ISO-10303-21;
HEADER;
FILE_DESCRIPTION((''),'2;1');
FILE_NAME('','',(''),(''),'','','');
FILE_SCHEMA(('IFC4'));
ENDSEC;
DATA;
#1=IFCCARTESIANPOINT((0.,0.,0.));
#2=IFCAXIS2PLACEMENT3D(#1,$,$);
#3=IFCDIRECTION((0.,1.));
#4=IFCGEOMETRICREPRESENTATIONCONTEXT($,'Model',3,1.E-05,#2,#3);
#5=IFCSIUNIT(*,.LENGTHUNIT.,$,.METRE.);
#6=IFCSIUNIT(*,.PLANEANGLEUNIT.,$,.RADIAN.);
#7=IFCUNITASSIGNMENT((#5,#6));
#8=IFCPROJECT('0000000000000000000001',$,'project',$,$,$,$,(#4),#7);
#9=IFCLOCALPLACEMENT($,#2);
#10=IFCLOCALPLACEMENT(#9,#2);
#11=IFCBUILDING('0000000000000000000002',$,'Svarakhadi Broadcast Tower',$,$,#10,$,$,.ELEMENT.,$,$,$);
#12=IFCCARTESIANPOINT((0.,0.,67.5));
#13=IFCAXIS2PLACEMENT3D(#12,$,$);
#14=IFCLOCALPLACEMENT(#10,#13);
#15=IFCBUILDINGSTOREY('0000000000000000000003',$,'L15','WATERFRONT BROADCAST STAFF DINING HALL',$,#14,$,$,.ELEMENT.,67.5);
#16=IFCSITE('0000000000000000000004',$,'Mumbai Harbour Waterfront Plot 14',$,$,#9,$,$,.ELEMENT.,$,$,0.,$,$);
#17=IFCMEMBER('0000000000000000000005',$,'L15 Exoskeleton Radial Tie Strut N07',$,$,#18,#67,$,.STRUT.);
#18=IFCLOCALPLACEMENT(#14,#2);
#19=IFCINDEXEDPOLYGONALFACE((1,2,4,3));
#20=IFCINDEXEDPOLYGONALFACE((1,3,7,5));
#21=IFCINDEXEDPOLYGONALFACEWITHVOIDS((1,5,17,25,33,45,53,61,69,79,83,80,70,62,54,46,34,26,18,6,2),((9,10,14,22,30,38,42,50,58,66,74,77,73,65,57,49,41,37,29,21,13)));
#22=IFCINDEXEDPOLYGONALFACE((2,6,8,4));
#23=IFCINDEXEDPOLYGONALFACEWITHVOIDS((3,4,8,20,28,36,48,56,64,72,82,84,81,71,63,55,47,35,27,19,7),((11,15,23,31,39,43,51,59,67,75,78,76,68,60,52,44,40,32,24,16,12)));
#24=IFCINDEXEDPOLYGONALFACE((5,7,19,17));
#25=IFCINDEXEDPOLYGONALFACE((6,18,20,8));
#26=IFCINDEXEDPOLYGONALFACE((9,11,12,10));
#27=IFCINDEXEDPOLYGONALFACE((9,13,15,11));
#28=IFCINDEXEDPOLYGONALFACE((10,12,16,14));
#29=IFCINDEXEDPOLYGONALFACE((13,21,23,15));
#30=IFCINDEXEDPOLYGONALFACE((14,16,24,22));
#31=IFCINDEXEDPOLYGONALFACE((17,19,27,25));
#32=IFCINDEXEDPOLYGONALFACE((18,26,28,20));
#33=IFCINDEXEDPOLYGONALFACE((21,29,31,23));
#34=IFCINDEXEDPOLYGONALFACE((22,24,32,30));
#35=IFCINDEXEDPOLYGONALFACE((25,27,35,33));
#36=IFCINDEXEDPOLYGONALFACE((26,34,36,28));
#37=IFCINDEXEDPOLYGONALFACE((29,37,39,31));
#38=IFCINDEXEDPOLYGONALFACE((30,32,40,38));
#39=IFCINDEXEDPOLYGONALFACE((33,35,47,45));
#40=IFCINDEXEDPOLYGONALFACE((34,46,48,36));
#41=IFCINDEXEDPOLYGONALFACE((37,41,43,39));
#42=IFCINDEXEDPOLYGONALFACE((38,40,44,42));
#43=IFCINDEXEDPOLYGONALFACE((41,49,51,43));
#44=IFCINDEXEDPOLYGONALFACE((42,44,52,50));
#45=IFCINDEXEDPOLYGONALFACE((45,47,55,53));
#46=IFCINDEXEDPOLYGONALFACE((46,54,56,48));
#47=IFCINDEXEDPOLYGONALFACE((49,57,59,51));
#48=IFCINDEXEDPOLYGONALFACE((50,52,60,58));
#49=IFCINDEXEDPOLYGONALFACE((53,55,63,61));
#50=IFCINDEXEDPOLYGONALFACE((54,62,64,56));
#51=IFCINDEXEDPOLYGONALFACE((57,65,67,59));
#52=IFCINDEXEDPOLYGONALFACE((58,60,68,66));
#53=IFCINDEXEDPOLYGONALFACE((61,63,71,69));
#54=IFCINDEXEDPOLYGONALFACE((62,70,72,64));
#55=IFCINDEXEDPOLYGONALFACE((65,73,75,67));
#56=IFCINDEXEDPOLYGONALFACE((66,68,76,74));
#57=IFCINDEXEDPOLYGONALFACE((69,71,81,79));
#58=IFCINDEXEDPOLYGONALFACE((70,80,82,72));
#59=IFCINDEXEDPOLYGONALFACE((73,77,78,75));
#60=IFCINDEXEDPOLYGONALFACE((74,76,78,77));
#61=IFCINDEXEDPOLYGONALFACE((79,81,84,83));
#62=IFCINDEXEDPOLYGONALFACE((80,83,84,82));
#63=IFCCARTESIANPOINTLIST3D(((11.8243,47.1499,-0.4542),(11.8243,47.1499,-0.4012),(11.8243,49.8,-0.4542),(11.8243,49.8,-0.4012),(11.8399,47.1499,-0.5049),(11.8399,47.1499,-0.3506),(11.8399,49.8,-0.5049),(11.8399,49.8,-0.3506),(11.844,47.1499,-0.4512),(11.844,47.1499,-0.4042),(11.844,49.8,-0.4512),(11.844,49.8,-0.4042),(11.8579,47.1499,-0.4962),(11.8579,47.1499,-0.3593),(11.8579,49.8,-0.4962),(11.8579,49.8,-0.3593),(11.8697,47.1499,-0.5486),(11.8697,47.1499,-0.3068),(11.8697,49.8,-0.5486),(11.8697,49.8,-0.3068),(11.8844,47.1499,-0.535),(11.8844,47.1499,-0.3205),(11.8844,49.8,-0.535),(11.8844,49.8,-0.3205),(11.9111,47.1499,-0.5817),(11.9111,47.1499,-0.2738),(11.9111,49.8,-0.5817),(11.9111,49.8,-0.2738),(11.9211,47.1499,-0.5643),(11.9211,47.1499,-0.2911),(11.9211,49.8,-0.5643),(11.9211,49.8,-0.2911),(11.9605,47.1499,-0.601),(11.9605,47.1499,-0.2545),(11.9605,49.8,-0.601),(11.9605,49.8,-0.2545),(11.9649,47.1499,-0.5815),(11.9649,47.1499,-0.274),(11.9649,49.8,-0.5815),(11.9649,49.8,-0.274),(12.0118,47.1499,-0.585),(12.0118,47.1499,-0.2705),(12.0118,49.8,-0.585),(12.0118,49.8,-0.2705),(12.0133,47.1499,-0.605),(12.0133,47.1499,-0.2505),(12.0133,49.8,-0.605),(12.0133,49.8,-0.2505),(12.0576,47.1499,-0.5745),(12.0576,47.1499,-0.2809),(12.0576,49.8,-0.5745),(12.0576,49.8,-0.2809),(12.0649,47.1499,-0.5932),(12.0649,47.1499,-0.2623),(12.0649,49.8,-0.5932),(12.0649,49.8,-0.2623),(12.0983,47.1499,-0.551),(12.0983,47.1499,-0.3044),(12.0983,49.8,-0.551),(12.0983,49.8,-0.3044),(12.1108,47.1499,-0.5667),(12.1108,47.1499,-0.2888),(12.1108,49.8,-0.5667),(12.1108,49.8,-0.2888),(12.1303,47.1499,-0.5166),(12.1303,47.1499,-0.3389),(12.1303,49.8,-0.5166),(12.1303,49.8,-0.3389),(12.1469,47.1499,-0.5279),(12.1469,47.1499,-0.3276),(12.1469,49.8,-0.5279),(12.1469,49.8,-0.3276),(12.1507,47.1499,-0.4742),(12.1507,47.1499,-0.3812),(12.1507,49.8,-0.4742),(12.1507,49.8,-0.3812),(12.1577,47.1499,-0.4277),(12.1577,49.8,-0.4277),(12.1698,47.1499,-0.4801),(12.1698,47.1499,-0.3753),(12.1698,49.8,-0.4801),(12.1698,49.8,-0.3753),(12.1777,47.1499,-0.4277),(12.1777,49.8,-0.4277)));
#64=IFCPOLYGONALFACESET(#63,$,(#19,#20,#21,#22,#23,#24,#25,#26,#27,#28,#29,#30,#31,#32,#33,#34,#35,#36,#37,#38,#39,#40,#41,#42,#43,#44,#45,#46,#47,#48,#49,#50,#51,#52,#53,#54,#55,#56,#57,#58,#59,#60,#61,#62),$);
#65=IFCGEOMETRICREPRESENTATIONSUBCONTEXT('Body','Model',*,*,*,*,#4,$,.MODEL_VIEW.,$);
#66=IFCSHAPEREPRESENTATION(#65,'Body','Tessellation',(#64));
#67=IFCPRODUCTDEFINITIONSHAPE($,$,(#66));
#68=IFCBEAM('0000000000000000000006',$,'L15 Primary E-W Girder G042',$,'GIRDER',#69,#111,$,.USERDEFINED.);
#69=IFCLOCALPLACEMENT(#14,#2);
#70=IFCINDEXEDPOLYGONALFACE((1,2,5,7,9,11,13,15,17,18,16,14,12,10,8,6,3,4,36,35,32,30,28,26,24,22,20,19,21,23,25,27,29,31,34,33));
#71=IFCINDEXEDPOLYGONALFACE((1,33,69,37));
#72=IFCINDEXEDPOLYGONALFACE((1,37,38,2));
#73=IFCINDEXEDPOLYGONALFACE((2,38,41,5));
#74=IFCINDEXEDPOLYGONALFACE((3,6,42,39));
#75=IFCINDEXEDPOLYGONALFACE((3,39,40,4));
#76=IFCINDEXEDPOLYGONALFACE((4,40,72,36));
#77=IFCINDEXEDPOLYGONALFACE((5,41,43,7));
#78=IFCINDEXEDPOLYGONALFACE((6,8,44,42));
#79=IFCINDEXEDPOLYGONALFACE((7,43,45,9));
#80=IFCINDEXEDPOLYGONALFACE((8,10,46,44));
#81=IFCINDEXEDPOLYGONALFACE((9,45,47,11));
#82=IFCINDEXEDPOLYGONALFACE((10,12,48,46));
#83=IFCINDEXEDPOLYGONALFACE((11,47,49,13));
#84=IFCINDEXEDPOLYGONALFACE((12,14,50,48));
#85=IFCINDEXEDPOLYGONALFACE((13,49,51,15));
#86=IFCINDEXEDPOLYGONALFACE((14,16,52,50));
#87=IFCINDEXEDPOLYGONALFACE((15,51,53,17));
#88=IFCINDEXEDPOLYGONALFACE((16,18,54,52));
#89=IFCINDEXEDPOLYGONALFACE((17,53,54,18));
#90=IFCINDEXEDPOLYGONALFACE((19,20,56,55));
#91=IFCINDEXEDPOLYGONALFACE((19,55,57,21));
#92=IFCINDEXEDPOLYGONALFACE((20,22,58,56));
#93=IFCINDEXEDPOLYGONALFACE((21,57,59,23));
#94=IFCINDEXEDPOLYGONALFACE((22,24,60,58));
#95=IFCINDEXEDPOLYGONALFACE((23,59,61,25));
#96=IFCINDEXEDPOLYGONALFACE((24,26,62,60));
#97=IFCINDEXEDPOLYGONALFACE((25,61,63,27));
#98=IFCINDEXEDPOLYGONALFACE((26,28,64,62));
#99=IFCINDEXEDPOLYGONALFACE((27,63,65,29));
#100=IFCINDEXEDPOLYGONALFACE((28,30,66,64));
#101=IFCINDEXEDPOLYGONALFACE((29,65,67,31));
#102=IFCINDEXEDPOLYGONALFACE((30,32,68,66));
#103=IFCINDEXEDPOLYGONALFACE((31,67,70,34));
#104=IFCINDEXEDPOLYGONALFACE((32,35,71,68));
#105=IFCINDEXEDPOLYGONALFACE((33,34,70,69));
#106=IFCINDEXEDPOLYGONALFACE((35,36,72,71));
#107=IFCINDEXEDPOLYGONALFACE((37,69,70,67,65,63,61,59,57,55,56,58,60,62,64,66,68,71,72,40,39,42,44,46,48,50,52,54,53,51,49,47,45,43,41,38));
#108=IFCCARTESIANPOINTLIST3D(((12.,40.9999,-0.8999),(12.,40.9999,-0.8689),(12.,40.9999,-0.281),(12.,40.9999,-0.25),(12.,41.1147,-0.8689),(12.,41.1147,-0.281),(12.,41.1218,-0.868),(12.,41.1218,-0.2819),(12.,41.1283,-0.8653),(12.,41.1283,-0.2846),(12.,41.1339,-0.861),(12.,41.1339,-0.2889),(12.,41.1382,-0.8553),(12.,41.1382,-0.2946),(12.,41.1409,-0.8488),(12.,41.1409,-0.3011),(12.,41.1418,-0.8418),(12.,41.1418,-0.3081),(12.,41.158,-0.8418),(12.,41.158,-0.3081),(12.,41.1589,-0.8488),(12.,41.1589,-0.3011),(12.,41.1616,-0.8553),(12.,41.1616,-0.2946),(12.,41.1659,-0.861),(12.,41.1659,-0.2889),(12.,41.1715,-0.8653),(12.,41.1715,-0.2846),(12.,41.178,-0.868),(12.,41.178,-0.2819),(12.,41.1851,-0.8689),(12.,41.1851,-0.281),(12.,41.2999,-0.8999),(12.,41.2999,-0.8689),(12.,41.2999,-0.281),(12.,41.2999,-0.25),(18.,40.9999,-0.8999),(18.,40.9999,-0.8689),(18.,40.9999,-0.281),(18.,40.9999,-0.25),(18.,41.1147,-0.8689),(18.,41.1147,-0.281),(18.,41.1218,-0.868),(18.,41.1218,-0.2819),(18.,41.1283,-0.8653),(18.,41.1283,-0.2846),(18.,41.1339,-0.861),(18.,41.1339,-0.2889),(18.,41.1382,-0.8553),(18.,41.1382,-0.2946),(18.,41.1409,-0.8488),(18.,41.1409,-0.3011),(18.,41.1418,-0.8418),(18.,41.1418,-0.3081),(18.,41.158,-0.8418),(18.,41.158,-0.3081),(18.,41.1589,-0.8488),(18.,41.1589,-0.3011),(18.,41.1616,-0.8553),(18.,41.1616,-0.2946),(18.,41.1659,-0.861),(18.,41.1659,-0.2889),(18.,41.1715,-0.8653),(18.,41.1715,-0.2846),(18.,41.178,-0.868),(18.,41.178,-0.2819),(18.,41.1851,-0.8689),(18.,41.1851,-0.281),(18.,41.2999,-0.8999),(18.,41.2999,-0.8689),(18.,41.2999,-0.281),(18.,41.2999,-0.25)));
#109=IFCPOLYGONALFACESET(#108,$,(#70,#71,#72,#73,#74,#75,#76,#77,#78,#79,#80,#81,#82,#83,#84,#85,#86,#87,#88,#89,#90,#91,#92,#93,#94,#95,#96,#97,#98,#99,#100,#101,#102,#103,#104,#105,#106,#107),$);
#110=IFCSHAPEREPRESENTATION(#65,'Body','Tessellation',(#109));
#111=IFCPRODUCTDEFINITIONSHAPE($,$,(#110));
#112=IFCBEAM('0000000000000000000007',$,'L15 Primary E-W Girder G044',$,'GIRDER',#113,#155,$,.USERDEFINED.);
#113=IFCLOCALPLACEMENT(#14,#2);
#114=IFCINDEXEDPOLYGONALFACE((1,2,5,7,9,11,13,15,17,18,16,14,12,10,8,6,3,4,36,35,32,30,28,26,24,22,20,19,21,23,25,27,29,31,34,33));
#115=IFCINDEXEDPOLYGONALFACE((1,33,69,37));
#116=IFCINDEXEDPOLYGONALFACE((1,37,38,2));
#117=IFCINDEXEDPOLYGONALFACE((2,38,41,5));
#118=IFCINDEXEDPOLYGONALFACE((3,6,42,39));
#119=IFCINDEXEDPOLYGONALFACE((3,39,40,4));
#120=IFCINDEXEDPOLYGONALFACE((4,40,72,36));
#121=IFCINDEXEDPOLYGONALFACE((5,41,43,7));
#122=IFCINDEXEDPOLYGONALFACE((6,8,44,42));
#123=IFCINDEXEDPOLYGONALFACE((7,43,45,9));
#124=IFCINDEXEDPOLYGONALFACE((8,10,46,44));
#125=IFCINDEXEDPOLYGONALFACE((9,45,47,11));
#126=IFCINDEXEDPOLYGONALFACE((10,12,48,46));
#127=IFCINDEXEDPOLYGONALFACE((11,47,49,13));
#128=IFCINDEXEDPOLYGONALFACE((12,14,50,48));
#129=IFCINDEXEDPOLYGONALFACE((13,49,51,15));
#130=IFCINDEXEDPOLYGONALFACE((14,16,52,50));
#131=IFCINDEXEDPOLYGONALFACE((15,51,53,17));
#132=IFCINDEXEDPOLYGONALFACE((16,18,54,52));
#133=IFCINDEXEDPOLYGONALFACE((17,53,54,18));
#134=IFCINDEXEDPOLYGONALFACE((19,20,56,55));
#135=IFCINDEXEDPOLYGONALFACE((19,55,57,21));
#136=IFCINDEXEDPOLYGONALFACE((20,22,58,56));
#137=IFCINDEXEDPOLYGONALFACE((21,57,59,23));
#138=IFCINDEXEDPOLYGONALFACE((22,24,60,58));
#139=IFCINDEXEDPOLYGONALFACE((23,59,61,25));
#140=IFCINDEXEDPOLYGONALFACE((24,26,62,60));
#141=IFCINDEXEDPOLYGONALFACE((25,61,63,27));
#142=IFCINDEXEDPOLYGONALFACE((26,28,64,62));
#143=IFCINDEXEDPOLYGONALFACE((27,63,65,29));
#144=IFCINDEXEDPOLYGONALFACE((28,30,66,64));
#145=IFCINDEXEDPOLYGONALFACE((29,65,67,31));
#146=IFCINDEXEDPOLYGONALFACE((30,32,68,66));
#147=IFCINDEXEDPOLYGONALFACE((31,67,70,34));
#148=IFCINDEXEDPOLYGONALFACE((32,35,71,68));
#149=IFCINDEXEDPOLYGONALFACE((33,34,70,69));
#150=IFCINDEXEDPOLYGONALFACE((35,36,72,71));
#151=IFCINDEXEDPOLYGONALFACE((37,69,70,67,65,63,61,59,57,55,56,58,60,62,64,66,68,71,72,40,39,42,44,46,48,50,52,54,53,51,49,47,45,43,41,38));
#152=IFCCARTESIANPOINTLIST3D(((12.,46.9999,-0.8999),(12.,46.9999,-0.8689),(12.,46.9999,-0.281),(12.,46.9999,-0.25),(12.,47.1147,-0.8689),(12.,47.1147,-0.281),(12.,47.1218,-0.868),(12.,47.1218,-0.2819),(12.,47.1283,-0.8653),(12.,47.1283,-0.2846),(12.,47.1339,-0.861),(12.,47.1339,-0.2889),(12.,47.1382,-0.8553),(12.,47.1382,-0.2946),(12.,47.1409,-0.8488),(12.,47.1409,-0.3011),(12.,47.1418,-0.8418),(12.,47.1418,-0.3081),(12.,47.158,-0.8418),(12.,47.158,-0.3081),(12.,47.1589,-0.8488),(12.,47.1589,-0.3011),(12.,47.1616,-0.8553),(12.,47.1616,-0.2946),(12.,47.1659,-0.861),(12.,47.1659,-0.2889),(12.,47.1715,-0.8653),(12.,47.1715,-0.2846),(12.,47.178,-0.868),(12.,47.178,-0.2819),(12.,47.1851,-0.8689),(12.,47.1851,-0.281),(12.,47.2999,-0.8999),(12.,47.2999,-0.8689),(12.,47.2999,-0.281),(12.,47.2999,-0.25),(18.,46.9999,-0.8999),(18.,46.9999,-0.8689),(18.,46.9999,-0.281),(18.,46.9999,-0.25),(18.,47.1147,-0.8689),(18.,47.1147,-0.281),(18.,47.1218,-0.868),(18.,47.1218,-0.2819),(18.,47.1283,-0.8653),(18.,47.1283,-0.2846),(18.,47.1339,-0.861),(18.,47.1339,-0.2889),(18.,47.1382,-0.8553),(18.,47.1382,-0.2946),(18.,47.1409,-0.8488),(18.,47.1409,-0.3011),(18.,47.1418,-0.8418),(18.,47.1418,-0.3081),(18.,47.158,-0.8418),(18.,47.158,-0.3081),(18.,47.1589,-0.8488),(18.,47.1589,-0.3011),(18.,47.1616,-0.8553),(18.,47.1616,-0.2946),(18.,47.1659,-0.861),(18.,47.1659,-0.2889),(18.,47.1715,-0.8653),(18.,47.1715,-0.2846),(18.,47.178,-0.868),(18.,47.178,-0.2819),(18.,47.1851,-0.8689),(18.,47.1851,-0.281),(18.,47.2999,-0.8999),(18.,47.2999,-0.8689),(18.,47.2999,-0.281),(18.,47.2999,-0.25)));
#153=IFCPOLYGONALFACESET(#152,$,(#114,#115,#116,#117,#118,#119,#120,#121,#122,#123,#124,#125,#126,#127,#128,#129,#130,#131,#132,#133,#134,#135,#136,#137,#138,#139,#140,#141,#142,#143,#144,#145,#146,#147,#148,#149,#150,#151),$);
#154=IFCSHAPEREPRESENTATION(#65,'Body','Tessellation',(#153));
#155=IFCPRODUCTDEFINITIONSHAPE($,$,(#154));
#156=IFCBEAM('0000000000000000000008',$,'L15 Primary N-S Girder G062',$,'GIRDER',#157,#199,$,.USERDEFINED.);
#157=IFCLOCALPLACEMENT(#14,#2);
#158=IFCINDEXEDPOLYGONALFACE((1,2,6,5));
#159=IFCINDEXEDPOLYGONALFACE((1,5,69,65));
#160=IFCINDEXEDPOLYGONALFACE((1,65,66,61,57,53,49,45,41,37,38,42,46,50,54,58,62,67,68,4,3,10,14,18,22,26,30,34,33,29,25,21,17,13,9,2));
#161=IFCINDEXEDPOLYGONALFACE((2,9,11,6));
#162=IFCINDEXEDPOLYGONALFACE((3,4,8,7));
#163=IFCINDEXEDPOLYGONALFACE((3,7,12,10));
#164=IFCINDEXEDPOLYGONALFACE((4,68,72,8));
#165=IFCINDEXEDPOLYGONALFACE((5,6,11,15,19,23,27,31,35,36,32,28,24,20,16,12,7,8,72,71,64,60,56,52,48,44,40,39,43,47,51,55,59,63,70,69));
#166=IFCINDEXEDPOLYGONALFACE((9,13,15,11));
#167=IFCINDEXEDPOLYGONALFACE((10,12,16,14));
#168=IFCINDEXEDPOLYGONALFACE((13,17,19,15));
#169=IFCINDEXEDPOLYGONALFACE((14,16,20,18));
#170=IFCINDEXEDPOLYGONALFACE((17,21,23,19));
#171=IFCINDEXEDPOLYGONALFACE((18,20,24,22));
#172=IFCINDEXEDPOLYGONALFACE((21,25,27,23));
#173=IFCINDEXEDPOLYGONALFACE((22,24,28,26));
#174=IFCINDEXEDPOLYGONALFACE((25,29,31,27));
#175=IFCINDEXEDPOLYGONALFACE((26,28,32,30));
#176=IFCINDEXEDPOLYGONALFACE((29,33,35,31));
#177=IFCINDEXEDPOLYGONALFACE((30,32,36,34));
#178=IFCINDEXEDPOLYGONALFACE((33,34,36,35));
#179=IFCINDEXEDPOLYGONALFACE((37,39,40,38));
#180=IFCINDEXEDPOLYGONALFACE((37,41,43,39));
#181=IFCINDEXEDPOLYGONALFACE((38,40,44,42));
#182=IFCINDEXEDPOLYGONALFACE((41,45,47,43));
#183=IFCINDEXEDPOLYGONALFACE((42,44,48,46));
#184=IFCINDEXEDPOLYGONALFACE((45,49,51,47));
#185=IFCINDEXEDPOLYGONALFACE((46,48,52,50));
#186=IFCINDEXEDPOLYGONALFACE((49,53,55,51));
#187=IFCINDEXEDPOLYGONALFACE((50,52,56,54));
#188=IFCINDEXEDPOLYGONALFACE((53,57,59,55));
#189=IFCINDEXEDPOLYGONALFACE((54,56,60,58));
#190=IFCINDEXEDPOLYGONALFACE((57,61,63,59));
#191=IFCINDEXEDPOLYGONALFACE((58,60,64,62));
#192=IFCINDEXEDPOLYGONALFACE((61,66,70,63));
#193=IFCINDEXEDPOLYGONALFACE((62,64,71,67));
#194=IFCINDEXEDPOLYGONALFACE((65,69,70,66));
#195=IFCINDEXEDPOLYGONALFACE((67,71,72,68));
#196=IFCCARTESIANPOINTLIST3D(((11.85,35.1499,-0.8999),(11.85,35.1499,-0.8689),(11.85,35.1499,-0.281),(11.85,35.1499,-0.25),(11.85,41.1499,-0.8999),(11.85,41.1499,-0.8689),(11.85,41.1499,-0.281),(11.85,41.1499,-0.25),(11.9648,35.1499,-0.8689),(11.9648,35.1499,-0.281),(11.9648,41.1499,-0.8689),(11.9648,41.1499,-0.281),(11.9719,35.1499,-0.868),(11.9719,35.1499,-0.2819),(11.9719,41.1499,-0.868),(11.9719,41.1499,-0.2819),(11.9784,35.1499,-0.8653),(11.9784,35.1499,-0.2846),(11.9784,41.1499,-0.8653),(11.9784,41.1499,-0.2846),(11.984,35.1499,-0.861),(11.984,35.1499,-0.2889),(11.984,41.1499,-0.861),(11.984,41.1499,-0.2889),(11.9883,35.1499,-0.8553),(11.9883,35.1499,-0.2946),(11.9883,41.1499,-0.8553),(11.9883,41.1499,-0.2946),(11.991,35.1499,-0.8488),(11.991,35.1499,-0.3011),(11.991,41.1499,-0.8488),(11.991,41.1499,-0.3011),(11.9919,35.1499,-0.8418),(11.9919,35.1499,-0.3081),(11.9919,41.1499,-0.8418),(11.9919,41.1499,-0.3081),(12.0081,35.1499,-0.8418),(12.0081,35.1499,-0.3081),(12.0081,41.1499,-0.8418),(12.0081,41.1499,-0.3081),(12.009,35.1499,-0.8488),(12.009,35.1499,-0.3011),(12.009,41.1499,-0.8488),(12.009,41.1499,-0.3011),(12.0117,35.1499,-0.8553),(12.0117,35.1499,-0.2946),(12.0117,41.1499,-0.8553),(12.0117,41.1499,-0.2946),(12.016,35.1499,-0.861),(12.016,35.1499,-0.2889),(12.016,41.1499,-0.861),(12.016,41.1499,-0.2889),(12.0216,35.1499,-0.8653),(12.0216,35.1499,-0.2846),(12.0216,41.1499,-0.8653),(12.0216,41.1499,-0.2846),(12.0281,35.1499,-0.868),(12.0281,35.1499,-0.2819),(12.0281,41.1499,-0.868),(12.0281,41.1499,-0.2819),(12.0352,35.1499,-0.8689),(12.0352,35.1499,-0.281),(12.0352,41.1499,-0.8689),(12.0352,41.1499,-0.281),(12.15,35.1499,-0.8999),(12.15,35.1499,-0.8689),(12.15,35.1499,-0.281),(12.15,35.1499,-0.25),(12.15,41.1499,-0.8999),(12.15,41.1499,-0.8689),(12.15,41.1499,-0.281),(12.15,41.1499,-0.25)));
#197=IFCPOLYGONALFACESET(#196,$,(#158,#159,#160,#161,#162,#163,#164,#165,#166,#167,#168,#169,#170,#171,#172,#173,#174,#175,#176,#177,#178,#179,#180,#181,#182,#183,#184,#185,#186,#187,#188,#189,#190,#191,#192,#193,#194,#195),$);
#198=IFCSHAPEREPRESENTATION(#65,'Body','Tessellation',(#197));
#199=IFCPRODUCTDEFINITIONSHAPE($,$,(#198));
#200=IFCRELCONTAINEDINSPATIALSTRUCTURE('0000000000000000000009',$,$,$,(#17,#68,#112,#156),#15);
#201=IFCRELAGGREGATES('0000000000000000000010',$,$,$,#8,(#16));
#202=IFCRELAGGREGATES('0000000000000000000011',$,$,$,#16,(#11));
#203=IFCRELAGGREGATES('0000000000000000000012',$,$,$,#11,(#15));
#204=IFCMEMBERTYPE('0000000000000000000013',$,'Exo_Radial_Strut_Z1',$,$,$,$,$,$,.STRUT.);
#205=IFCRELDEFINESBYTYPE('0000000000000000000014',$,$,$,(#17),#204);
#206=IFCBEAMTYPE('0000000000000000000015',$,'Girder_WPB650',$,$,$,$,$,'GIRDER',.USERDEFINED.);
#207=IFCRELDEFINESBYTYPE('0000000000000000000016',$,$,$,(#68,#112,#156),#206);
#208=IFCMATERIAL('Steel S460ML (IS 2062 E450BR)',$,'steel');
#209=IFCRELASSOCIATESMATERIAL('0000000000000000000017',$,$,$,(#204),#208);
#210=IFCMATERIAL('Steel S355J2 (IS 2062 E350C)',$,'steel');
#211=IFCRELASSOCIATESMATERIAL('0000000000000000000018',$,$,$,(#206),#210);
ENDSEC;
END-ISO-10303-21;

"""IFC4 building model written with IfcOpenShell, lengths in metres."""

from ifc_helpers import new_model, si_unit, direction, frame, origin, origin_2d, place, context, subcontext, project, spatial, hollow_circle, i_section, extrude, material, material_profile, profile_set, type_object, element, save


model = new_model("IFC4")

# Units and contexts
model_context = context("Model", 3, precision=1e-05, world=origin(), true_north=direction((0.0, 1.0)))
body_context = subcontext(model_context, "Body", "Model", "MODEL_VIEW")
ifc_project = project(units=[si_unit("LENGTHUNIT", "METRE"), si_unit("PLANEANGLEUNIT", "RADIAN")], contexts=[model_context])

# Site, building, storey
site_placement = place(None, origin())
site = spatial("IfcSite", under=ifc_project, at=site_placement, Name="Mumbai Harbour Waterfront Plot 14", CompositionType="ELEMENT", RefElevation=0.0)
building_placement = place(site_placement, origin())
building = spatial("IfcBuilding", under=site, at=building_placement, Name="Svarakhadi Broadcast Tower", CompositionType="ELEMENT")
storey_placement = place(building_placement, frame((0.0, 0.0, 67.5)))
storey = spatial("IfcBuildingStorey", under=building, at=storey_placement, Name="L15", Description="WATERFRONT BROADCAST STAFF DINING HALL", CompositionType="ELEMENT", Elevation=67.5)

# Shared definitions
ifc_material_1 = material(Name="Steel S460ML (IS 2062 E450BR)", Category="steel")

# Shared definitions
ifc_material_2 = material(Name="Steel S355J2 (IS 2062 E350C)", Category="steel")

# Member
ifc_material_profile_1 = material_profile(ifc_material_1, hollow_circle(Radius=0.1777, WallThickness=0.02, at=origin_2d()), Name="CHS 355.6x20")
ifc_profile_set_1 = profile_set([ifc_material_profile_1], Name="Steel S460ML (IS 2062 E450BR)")
member_type_1 = type_object("IfcMemberType", Name="Exo_Radial_Strut_Z1", PredefinedType="STRUT", material=ifc_profile_set_1)
member_1_placement = place(storey_placement, frame((12.0, 49.8, -0.4277), z_axis=(0.0, -1.0, 0.0), x_axis=(1.0, 0.0, 0.0)))
element("IfcMember", 1, at=member_1_placement, inside=storey, type_object=member_type_1, Name="L15 Exoskeleton Radial Tie Strut N07", PredefinedType="STRUT", context=body_context, shape_type="SweptSolid", body=[
    extrude(hollow_circle(Radius=0.1777, WallThickness=0.02, at=origin_2d()), origin(), (0.0, 0.0, 1.0), 2.6501),
])

# Beams
ifc_material_profile_2 = material_profile(ifc_material_2, i_section(OverallWidth=0.3, OverallDepth=0.6499, WebThickness=0.0161, FlangeThickness=0.031, FilletRadius=0.0271, at=origin_2d()), Name="WPB 650x300x225")
ifc_profile_set_2 = profile_set([ifc_material_profile_2], Name="Steel S355J2 (IS 2062 E350C)")
beam_type_1 = type_object("IfcBeamType", Name="Girder_WPB650", ElementType="GIRDER", PredefinedType="USERDEFINED", material=ifc_profile_set_2)
for number, where, z_axis, x_axis, name in (
    (2, (12.0, 41.1499, -0.575), (1.0, 0.0, 0.0), (0.0, 1.0, 0.0), "L15 Primary E-W Girder G042"),
    (3, (12.0, 47.1499, -0.575), (1.0, 0.0, 0.0), (0.0, 1.0, 0.0), "L15 Primary E-W Girder G044"),
    (4, (12.0, 35.1499, -0.575), (0.0, 1.0, 0.0), (-1.0, 0.0, 0.0), "L15 Primary N-S Girder G062"),
):
    element("IfcBeam", number, at=place(storey_placement, frame(where, z_axis=z_axis, x_axis=x_axis)), inside=storey, type_object=beam_type_1, Name=name, ObjectType="GIRDER", PredefinedType="USERDEFINED", context=body_context, shape_type="SweptSolid", body=[
        extrude(i_section(OverallWidth=0.3, OverallDepth=0.6499, WebThickness=0.0161, FlangeThickness=0.031, FilletRadius=0.0271, at=origin_2d()), origin(), (0.0, 0.0, 1.0), 6.0),
    ])

save(model, "model.ifc")
